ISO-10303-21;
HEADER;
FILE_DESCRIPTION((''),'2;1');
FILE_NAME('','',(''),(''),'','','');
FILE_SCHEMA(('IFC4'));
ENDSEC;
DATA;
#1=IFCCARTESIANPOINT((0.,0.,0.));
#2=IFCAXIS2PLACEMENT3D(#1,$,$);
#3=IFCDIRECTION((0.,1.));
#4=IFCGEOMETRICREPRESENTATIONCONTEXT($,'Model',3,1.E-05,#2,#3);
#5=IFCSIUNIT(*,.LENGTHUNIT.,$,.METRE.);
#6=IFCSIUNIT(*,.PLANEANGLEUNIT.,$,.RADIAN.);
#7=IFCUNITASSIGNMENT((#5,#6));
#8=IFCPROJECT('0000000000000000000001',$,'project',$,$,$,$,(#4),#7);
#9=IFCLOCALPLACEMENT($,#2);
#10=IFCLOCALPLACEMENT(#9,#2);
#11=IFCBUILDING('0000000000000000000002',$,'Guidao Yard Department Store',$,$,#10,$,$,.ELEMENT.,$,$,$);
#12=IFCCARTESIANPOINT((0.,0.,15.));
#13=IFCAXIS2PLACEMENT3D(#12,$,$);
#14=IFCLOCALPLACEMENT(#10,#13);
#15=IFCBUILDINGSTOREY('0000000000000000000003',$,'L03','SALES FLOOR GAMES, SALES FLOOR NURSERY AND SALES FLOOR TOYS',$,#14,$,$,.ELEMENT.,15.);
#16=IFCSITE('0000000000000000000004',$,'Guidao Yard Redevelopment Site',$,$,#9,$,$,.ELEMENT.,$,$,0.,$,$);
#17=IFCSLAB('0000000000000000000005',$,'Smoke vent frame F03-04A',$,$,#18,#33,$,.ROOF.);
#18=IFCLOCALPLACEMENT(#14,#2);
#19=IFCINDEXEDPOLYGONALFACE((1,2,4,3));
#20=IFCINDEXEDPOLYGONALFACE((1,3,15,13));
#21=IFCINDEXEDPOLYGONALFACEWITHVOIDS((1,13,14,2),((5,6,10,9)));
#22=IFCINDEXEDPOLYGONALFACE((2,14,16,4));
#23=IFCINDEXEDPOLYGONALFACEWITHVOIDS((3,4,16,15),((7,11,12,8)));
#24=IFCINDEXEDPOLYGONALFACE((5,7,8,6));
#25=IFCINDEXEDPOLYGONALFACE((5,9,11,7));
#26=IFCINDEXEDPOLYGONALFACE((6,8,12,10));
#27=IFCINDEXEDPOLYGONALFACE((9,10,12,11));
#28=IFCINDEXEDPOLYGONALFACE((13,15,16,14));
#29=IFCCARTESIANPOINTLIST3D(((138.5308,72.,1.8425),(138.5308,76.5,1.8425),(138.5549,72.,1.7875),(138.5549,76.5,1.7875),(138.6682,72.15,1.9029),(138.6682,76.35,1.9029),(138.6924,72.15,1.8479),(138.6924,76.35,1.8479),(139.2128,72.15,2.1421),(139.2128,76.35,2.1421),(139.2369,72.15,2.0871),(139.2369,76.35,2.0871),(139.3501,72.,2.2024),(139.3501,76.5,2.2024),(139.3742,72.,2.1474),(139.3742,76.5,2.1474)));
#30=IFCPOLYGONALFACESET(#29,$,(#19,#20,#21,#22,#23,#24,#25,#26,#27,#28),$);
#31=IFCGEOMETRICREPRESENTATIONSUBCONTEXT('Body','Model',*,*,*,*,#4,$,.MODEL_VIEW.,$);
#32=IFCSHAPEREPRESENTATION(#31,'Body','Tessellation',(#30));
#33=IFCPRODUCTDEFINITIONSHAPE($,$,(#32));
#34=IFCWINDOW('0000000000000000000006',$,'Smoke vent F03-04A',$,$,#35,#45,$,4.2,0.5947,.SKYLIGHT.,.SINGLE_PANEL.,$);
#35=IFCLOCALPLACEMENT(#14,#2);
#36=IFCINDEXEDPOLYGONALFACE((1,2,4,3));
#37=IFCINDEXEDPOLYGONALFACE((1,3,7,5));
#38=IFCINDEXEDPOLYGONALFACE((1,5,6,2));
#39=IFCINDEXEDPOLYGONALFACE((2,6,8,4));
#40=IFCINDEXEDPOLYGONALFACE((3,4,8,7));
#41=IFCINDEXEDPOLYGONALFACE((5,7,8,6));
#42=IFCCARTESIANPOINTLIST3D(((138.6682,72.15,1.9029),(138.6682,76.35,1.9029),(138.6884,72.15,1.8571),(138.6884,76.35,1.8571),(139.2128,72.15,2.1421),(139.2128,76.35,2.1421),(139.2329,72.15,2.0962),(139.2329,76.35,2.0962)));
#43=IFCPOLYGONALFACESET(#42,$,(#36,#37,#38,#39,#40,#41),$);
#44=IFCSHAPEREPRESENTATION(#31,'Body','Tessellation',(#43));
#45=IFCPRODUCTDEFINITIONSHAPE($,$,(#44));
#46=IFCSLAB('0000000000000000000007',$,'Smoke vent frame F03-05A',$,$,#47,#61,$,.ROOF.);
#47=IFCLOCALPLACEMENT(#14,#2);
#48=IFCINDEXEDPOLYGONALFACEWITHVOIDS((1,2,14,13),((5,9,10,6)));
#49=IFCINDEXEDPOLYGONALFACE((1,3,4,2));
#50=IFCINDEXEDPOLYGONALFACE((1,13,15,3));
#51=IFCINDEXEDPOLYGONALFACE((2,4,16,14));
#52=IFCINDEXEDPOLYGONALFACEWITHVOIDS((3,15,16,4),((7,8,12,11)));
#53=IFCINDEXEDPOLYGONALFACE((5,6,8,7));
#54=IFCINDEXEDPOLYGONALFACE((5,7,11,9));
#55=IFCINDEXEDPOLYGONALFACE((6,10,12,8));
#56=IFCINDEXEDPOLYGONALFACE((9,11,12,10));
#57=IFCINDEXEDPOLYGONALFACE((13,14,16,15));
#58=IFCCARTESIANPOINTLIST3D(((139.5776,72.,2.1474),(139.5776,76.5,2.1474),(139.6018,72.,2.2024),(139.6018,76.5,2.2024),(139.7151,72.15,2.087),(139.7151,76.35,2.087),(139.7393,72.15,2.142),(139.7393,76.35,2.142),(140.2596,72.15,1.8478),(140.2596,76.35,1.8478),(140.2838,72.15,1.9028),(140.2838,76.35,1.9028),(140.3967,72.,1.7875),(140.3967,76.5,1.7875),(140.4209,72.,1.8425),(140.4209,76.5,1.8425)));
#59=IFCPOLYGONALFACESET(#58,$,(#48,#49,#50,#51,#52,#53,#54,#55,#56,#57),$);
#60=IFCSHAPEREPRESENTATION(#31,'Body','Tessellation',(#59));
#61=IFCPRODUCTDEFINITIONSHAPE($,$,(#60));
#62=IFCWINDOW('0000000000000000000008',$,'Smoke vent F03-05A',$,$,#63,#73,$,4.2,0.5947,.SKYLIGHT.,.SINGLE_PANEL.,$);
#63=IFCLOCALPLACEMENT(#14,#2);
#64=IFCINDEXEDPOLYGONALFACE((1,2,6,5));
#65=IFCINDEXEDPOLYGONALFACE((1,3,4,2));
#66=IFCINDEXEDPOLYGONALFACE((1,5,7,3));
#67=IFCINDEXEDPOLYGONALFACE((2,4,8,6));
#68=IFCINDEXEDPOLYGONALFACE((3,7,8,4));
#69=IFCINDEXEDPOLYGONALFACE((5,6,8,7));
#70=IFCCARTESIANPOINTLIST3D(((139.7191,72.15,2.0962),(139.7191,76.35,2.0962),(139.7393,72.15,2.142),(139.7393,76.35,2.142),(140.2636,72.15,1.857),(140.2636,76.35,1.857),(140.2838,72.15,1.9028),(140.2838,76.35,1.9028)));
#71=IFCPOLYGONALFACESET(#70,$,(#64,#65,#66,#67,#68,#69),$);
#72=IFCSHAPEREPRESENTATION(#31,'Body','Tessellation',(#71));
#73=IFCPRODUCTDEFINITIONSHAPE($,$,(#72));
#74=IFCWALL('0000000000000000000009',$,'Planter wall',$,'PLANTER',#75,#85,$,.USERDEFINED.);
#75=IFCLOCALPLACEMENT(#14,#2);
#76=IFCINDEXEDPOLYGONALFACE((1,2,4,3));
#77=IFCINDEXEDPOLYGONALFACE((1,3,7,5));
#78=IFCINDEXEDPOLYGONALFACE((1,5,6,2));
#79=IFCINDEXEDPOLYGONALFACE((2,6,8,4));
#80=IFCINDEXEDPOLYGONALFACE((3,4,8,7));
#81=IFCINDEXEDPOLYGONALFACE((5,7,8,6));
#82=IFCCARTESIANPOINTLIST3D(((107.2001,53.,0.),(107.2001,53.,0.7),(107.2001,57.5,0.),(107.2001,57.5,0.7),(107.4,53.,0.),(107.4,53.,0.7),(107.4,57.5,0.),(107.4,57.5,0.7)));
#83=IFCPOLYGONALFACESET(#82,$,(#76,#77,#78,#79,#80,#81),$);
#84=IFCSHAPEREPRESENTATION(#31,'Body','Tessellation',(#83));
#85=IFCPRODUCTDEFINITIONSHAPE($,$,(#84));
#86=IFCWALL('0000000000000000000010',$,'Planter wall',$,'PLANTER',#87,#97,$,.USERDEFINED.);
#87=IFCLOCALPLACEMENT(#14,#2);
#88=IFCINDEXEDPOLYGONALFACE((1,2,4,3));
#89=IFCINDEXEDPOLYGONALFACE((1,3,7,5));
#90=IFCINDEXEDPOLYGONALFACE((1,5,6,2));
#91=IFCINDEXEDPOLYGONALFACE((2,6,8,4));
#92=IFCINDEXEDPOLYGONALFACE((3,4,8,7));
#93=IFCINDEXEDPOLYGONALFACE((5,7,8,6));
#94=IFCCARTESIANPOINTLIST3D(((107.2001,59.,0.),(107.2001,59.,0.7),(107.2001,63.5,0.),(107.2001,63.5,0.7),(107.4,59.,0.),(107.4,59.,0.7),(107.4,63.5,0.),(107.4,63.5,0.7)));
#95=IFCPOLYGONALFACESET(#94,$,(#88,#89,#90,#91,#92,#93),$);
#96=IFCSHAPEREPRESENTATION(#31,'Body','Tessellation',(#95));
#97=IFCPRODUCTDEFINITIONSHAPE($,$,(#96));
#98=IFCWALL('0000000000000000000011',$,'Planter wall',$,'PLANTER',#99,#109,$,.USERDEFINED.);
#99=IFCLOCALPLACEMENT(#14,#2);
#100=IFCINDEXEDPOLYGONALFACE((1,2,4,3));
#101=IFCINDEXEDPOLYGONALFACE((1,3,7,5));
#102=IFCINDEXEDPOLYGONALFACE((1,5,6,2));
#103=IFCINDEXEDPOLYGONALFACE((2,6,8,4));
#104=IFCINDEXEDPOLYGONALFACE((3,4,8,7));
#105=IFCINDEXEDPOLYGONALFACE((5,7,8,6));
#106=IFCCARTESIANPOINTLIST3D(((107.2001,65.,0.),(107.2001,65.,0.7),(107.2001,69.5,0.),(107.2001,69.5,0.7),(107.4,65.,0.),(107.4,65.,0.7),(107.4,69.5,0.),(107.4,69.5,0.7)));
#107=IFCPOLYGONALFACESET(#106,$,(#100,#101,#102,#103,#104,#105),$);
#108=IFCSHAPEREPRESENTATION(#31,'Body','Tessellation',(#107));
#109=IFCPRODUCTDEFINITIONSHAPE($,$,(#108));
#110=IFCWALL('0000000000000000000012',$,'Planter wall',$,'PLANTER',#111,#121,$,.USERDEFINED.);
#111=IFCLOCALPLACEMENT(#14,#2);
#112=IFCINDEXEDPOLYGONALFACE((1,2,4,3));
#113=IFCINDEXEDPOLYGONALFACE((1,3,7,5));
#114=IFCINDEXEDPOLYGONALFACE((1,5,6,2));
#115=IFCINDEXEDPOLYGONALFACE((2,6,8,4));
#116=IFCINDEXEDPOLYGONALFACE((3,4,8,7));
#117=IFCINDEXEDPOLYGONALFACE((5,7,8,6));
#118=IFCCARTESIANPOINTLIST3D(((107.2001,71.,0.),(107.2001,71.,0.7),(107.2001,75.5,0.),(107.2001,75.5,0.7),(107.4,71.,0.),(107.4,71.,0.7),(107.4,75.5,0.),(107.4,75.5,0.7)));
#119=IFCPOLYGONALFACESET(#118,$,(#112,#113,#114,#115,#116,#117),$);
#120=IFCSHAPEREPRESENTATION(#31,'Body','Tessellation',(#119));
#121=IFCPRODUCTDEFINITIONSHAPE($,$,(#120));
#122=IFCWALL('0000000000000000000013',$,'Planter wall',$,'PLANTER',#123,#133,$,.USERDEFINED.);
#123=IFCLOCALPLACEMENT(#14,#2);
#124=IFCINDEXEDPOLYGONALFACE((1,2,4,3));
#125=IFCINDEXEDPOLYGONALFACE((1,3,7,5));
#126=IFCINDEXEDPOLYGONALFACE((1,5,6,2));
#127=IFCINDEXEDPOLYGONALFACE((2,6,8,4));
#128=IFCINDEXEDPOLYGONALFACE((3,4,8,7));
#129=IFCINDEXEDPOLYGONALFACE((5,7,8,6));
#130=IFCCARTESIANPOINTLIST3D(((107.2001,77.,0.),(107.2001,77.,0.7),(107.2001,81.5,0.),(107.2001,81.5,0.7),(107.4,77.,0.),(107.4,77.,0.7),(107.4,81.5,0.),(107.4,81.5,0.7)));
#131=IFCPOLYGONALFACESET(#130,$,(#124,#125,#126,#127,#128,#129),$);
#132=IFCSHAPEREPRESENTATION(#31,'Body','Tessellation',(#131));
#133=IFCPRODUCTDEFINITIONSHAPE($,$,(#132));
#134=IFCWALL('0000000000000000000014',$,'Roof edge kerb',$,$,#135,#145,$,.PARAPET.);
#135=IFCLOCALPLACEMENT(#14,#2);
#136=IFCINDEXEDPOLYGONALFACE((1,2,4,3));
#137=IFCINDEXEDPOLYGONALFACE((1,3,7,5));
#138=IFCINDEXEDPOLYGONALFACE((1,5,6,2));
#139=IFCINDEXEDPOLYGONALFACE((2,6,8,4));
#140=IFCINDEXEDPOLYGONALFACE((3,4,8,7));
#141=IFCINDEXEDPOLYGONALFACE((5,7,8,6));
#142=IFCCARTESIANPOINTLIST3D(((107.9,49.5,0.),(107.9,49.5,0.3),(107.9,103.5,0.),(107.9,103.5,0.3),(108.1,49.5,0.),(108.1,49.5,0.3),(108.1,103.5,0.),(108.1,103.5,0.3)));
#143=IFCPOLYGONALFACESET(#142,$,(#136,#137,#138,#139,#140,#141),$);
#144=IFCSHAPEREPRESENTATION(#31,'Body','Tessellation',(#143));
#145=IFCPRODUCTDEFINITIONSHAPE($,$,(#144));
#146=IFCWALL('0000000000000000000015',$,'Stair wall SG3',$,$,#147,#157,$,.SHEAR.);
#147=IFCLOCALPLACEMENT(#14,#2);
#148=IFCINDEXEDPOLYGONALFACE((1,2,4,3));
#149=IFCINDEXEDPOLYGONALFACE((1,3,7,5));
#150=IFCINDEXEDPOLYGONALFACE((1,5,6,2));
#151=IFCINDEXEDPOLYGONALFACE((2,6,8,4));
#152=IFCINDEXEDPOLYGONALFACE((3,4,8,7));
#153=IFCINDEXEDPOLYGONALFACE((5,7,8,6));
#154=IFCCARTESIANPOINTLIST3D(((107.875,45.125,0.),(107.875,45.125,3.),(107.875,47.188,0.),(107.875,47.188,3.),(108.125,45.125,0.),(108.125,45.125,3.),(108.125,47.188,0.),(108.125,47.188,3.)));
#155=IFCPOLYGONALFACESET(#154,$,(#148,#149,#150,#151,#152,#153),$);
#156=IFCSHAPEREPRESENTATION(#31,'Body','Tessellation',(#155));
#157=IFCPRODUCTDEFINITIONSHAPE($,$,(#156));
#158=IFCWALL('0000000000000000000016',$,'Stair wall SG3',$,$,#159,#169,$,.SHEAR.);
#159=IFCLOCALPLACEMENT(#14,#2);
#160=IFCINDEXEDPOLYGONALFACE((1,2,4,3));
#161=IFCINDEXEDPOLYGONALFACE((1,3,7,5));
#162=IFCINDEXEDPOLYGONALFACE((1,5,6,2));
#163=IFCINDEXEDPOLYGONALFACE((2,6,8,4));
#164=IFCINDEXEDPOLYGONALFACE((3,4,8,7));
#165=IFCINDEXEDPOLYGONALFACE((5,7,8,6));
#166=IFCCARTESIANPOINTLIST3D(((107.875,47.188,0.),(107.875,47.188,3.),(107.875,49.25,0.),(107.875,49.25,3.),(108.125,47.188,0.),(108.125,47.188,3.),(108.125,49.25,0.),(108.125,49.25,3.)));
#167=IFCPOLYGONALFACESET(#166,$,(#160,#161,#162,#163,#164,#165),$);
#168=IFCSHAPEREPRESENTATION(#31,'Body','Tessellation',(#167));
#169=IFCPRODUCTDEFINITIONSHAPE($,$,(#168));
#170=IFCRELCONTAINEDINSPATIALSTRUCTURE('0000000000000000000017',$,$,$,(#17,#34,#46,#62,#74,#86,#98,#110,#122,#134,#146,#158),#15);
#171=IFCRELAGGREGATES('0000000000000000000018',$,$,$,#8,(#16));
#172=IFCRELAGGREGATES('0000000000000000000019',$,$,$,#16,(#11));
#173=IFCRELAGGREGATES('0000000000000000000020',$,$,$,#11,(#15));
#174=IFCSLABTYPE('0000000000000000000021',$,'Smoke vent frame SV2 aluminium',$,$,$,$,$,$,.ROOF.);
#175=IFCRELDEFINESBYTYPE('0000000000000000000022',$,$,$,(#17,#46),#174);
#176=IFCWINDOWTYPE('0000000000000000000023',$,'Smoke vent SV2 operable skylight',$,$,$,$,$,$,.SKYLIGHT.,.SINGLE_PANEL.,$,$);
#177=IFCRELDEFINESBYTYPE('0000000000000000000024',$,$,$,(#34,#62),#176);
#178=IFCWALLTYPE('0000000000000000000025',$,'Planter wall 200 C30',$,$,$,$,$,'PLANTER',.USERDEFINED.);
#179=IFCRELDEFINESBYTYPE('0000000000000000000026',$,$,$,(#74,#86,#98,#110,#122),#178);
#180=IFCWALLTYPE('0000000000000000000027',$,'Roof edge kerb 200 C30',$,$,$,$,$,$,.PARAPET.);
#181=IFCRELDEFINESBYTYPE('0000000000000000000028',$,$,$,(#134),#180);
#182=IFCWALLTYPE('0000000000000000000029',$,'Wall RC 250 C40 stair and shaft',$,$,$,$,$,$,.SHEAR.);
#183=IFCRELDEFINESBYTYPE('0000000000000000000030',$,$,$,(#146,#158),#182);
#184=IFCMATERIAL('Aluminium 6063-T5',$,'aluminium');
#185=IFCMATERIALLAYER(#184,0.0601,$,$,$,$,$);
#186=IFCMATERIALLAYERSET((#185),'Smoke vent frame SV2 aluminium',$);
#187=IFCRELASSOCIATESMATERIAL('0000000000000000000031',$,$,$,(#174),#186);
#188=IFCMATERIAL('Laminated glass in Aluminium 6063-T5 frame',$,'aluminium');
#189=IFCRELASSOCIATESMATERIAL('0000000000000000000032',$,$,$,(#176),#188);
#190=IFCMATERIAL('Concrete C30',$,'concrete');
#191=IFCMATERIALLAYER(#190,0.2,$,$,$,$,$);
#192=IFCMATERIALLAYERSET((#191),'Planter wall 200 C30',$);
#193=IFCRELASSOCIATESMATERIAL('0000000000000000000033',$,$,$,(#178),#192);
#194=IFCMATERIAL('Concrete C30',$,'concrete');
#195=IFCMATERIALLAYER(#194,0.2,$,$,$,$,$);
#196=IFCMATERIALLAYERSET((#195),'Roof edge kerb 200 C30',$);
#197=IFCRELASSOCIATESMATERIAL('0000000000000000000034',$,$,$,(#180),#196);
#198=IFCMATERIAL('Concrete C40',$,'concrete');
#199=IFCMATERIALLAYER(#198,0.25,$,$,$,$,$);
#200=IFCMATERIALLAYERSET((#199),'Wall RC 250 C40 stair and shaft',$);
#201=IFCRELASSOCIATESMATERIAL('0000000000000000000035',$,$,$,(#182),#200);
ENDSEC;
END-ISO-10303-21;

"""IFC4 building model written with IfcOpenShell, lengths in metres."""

from ifc_helpers import new_model, si_unit, direction, frame, frame_2d, origin, origin_2d, place, context, subcontext, project, spatial, polyline, rectangle, outline, extrude, material, layer, layer_set, type_object, element, fill, save


model = new_model("IFC4")

# Units and contexts
model_context = context("Model", 3, precision=1e-05, world=origin(), true_north=direction((0.0, 1.0)))
body_context = subcontext(model_context, "Body", "Model", "MODEL_VIEW")
ifc_project = project(units=[si_unit("LENGTHUNIT", "METRE"), si_unit("PLANEANGLEUNIT", "RADIAN")], contexts=[model_context])

# Site, building, storey
site_placement = place(None, origin())
site = spatial("IfcSite", under=ifc_project, at=site_placement, Name="Guidao Yard Redevelopment Site", CompositionType="ELEMENT", RefElevation=0.0)
building_placement = place(site_placement, origin())
building = spatial("IfcBuilding", under=site, at=building_placement, Name="Guidao Yard Department Store", CompositionType="ELEMENT")
storey_placement = place(building_placement, frame((0.0, 0.0, 15.0)))
storey = spatial("IfcBuildingStorey", under=building, at=storey_placement, Name="L03", Description="SALES FLOOR GAMES, SALES FLOOR NURSERY AND SALES FLOOR TOYS", CompositionType="ELEMENT", Elevation=15.0)

# Slabs, openings, windows
ifc_material_1 = material(Name="Aluminium 6063-T5", Category="aluminium")
ifc_layer_1 = layer(ifc_material_1, 0.0601)
ifc_layer_set_1 = layer_set([ifc_layer_1], Name="Smoke vent frame SV2 aluminium")
slab_type = type_object("IfcSlabType", Name="Smoke vent frame SV2 aluminium", PredefinedType="ROOF", material=ifc_layer_set_1)
ifc_material_2 = material(Name="Laminated glass in Aluminium 6063-T5 frame", Category="aluminium")
window_type = type_object("IfcWindowType", Name="Smoke vent SV2 operable skylight", PartitioningType="SINGLE_PANEL", PredefinedType="SKYLIGHT", material=ifc_material_2)
slab_1_placement = place(storey_placement, frame((138.5308, 72.0, 1.8425), z_axis=(-0.402135, 0.0, 0.91558), x_axis=(0.91558, 0.0, 0.402135)))
slab_1 = element("IfcSlab", 1, at=slab_1_placement, inside=storey, type_object=slab_type, Name="Smoke vent frame F03-04A", PredefinedType="ROOF", context=body_context, shape_type="SweptSolid", body=[
    extrude(outline(polyline([(0.0, 0.0), (0.8949, 0.0), (0.8949, 4.5), (0.0, 4.5), (0.0, 0.0)])), origin(), (0.0, 0.0, -1.0), 0.0601),
])
opening_1_placement = place(slab_1_placement, frame((0.4475, 2.25, 0.0)))
opening_1 = element("IfcOpeningElement", 2, at=opening_1_placement, cuts=slab_1, PredefinedType="OPENING", context=body_context, shape_type="SweptSolid", body=[
    extrude(rectangle(XDim=0.5947, YDim=4.2, at=origin_2d()), frame((0.0, 0.0, 0.01)), (0.0, 0.0, -1.0), 0.0801),
])
window_1_placement = place(opening_1_placement, frame((0.0, 0.0, -0.05)))
window_1 = element("IfcWindow", 3, at=window_1_placement, inside=storey, type_object=window_type, Name="Smoke vent F03-04A", OverallHeight=4.2, OverallWidth=0.5947, PartitioningType="SINGLE_PANEL", PredefinedType="SKYLIGHT", context=body_context, shape_type="SweptSolid", body=[
    extrude(rectangle(XDim=0.5947, YDim=4.2, at=origin_2d()), origin(), (0.0, 0.0, 1.0), 0.05),
])
fill(opening_1, window_1)
slab_2_placement = place(storey_placement, frame((139.6018, 72.0, 2.2024), z_axis=(0.402236, 0.0, 0.915536), x_axis=(0.915536, 0.0, -0.402236)))
slab_2 = element("IfcSlab", 4, at=slab_2_placement, inside=storey, type_object=slab_type, Name="Smoke vent frame F03-05A", PredefinedType="ROOF", context=body_context, shape_type="SweptSolid", body=[
    extrude(outline(polyline([(0.0, 0.0), (0.8947, 0.0), (0.8947, 4.5), (0.0, 4.5), (0.0, 0.0)])), origin(), (0.0, 0.0, -1.0), 0.0601),
])
opening_2_placement = place(slab_2_placement, frame((0.4475, 2.25, 0.0)))
opening_2 = element("IfcOpeningElement", 5, at=opening_2_placement, cuts=slab_2, PredefinedType="OPENING", context=body_context, shape_type="SweptSolid", body=[
    extrude(rectangle(XDim=0.5947, YDim=4.2, at=origin_2d()), frame((0.0, 0.0, 0.01)), (0.0, 0.0, -1.0), 0.0801),
])
window_2_placement = place(opening_2_placement, frame((0.0, 0.0, -0.05)))
window_2 = element("IfcWindow", 6, at=window_2_placement, inside=storey, type_object=window_type, Name="Smoke vent F03-05A", OverallHeight=4.2, OverallWidth=0.5947, PartitioningType="SINGLE_PANEL", PredefinedType="SKYLIGHT", context=body_context, shape_type="SweptSolid", body=[
    extrude(rectangle(XDim=0.5947, YDim=4.2, at=origin_2d()), origin(), (0.0, 0.0, 1.0), 0.05),
])
fill(opening_2, window_2)

# Walls
ifc_material_3 = material(Name="Concrete C30", Category="concrete")
ifc_layer_2 = layer(ifc_material_3, 0.2)
ifc_layer_set_2 = layer_set([ifc_layer_2], Name="Planter wall 200 C30")
wall_type_1 = type_object("IfcWallType", Name="Planter wall 200 C30", ElementType="PLANTER", PredefinedType="USERDEFINED", material=ifc_layer_set_2)
for number, where, z_axis, x_axis, name in (
    (7, (107.3, 53.0, 0.0), (0.0, 0.0, 1.0), (0.0, 1.0, 0.0), "Planter wall"),
    (8, (107.3, 59.0, 0.0), (0.0, 0.0, 1.0), (0.0, 1.0, 0.0), "Planter wall"),
    (9, (107.3, 65.0, 0.0), (0.0, 0.0, 1.0), (0.0, 1.0, 0.0), "Planter wall"),
    (10, (107.3, 71.0, 0.0), (0.0, 0.0, 1.0), (0.0, 1.0, 0.0), "Planter wall"),
    (11, (107.3, 77.0, 0.0), (0.0, 0.0, 1.0), (0.0, 1.0, 0.0), "Planter wall"),
):
    element("IfcWall", number, at=place(storey_placement, frame(where, z_axis=z_axis, x_axis=x_axis)), inside=storey, type_object=wall_type_1, Name=name, ObjectType="PLANTER", PredefinedType="USERDEFINED", context=body_context, shape_type="SweptSolid", body=[
        extrude(rectangle(XDim=4.5, YDim=0.2, at=frame_2d((2.25, 0.0))), origin(), (0.0, 0.0, 1.0), 0.7),
    ])
ifc_material_4 = material(Name="Concrete C30", Category="concrete")
ifc_layer_3 = layer(ifc_material_4, 0.2)
ifc_layer_set_3 = layer_set([ifc_layer_3], Name="Roof edge kerb 200 C30")
wall_type_2 = type_object("IfcWallType", Name="Roof edge kerb 200 C30", PredefinedType="PARAPET", material=ifc_layer_set_3)
wall_1_placement = place(storey_placement, frame((108.0, 49.5, 0.0), z_axis=(0.0, 0.0, 1.0), x_axis=(0.0, 1.0, 0.0)))
element("IfcWall", 12, at=wall_1_placement, inside=storey, type_object=wall_type_2, Name="Roof edge kerb", PredefinedType="PARAPET", context=body_context, shape_type="SweptSolid", body=[
    extrude(rectangle(XDim=54.0, YDim=0.2, at=frame_2d((27.0, 0.0))), origin(), (0.0, 0.0, 1.0), 0.3),
])
ifc_material_5 = material(Name="Concrete C40", Category="concrete")
ifc_layer_4 = layer(ifc_material_5, 0.25)
ifc_layer_set_4 = layer_set([ifc_layer_4], Name="Wall RC 250 C40 stair and shaft")
wall_type_3 = type_object("IfcWallType", Name="Wall RC 250 C40 stair and shaft", PredefinedType="SHEAR", material=ifc_layer_set_4)
wall_2_placement = place(storey_placement, frame((108.0, 45.125, 0.0), z_axis=(0.0, 0.0, 1.0), x_axis=(0.0, 1.0, 0.0)))
element("IfcWall", 13, at=wall_2_placement, inside=storey, type_object=wall_type_3, Name="Stair wall SG3", PredefinedType="SHEAR", context=body_context, shape_type="SweptSolid", body=[
    extrude(rectangle(XDim=2.063, YDim=0.25, at=frame_2d((1.0315, 0.0))), origin(), (0.0, 0.0, 1.0), 3.0),
])
wall_3_placement = place(storey_placement, frame((108.0, 47.188, 0.0), z_axis=(0.0, 0.0, 1.0), x_axis=(0.0, 1.0, 0.0)))
element("IfcWall", 14, at=wall_3_placement, inside=storey, type_object=wall_type_3, Name="Stair wall SG3", PredefinedType="SHEAR", context=body_context, shape_type="SweptSolid", body=[
    extrude(rectangle(XDim=2.062, YDim=0.25, at=frame_2d((1.031, 0.0))), origin(), (0.0, 0.0, 1.0), 3.0),
])

save(model, "model.ifc")
